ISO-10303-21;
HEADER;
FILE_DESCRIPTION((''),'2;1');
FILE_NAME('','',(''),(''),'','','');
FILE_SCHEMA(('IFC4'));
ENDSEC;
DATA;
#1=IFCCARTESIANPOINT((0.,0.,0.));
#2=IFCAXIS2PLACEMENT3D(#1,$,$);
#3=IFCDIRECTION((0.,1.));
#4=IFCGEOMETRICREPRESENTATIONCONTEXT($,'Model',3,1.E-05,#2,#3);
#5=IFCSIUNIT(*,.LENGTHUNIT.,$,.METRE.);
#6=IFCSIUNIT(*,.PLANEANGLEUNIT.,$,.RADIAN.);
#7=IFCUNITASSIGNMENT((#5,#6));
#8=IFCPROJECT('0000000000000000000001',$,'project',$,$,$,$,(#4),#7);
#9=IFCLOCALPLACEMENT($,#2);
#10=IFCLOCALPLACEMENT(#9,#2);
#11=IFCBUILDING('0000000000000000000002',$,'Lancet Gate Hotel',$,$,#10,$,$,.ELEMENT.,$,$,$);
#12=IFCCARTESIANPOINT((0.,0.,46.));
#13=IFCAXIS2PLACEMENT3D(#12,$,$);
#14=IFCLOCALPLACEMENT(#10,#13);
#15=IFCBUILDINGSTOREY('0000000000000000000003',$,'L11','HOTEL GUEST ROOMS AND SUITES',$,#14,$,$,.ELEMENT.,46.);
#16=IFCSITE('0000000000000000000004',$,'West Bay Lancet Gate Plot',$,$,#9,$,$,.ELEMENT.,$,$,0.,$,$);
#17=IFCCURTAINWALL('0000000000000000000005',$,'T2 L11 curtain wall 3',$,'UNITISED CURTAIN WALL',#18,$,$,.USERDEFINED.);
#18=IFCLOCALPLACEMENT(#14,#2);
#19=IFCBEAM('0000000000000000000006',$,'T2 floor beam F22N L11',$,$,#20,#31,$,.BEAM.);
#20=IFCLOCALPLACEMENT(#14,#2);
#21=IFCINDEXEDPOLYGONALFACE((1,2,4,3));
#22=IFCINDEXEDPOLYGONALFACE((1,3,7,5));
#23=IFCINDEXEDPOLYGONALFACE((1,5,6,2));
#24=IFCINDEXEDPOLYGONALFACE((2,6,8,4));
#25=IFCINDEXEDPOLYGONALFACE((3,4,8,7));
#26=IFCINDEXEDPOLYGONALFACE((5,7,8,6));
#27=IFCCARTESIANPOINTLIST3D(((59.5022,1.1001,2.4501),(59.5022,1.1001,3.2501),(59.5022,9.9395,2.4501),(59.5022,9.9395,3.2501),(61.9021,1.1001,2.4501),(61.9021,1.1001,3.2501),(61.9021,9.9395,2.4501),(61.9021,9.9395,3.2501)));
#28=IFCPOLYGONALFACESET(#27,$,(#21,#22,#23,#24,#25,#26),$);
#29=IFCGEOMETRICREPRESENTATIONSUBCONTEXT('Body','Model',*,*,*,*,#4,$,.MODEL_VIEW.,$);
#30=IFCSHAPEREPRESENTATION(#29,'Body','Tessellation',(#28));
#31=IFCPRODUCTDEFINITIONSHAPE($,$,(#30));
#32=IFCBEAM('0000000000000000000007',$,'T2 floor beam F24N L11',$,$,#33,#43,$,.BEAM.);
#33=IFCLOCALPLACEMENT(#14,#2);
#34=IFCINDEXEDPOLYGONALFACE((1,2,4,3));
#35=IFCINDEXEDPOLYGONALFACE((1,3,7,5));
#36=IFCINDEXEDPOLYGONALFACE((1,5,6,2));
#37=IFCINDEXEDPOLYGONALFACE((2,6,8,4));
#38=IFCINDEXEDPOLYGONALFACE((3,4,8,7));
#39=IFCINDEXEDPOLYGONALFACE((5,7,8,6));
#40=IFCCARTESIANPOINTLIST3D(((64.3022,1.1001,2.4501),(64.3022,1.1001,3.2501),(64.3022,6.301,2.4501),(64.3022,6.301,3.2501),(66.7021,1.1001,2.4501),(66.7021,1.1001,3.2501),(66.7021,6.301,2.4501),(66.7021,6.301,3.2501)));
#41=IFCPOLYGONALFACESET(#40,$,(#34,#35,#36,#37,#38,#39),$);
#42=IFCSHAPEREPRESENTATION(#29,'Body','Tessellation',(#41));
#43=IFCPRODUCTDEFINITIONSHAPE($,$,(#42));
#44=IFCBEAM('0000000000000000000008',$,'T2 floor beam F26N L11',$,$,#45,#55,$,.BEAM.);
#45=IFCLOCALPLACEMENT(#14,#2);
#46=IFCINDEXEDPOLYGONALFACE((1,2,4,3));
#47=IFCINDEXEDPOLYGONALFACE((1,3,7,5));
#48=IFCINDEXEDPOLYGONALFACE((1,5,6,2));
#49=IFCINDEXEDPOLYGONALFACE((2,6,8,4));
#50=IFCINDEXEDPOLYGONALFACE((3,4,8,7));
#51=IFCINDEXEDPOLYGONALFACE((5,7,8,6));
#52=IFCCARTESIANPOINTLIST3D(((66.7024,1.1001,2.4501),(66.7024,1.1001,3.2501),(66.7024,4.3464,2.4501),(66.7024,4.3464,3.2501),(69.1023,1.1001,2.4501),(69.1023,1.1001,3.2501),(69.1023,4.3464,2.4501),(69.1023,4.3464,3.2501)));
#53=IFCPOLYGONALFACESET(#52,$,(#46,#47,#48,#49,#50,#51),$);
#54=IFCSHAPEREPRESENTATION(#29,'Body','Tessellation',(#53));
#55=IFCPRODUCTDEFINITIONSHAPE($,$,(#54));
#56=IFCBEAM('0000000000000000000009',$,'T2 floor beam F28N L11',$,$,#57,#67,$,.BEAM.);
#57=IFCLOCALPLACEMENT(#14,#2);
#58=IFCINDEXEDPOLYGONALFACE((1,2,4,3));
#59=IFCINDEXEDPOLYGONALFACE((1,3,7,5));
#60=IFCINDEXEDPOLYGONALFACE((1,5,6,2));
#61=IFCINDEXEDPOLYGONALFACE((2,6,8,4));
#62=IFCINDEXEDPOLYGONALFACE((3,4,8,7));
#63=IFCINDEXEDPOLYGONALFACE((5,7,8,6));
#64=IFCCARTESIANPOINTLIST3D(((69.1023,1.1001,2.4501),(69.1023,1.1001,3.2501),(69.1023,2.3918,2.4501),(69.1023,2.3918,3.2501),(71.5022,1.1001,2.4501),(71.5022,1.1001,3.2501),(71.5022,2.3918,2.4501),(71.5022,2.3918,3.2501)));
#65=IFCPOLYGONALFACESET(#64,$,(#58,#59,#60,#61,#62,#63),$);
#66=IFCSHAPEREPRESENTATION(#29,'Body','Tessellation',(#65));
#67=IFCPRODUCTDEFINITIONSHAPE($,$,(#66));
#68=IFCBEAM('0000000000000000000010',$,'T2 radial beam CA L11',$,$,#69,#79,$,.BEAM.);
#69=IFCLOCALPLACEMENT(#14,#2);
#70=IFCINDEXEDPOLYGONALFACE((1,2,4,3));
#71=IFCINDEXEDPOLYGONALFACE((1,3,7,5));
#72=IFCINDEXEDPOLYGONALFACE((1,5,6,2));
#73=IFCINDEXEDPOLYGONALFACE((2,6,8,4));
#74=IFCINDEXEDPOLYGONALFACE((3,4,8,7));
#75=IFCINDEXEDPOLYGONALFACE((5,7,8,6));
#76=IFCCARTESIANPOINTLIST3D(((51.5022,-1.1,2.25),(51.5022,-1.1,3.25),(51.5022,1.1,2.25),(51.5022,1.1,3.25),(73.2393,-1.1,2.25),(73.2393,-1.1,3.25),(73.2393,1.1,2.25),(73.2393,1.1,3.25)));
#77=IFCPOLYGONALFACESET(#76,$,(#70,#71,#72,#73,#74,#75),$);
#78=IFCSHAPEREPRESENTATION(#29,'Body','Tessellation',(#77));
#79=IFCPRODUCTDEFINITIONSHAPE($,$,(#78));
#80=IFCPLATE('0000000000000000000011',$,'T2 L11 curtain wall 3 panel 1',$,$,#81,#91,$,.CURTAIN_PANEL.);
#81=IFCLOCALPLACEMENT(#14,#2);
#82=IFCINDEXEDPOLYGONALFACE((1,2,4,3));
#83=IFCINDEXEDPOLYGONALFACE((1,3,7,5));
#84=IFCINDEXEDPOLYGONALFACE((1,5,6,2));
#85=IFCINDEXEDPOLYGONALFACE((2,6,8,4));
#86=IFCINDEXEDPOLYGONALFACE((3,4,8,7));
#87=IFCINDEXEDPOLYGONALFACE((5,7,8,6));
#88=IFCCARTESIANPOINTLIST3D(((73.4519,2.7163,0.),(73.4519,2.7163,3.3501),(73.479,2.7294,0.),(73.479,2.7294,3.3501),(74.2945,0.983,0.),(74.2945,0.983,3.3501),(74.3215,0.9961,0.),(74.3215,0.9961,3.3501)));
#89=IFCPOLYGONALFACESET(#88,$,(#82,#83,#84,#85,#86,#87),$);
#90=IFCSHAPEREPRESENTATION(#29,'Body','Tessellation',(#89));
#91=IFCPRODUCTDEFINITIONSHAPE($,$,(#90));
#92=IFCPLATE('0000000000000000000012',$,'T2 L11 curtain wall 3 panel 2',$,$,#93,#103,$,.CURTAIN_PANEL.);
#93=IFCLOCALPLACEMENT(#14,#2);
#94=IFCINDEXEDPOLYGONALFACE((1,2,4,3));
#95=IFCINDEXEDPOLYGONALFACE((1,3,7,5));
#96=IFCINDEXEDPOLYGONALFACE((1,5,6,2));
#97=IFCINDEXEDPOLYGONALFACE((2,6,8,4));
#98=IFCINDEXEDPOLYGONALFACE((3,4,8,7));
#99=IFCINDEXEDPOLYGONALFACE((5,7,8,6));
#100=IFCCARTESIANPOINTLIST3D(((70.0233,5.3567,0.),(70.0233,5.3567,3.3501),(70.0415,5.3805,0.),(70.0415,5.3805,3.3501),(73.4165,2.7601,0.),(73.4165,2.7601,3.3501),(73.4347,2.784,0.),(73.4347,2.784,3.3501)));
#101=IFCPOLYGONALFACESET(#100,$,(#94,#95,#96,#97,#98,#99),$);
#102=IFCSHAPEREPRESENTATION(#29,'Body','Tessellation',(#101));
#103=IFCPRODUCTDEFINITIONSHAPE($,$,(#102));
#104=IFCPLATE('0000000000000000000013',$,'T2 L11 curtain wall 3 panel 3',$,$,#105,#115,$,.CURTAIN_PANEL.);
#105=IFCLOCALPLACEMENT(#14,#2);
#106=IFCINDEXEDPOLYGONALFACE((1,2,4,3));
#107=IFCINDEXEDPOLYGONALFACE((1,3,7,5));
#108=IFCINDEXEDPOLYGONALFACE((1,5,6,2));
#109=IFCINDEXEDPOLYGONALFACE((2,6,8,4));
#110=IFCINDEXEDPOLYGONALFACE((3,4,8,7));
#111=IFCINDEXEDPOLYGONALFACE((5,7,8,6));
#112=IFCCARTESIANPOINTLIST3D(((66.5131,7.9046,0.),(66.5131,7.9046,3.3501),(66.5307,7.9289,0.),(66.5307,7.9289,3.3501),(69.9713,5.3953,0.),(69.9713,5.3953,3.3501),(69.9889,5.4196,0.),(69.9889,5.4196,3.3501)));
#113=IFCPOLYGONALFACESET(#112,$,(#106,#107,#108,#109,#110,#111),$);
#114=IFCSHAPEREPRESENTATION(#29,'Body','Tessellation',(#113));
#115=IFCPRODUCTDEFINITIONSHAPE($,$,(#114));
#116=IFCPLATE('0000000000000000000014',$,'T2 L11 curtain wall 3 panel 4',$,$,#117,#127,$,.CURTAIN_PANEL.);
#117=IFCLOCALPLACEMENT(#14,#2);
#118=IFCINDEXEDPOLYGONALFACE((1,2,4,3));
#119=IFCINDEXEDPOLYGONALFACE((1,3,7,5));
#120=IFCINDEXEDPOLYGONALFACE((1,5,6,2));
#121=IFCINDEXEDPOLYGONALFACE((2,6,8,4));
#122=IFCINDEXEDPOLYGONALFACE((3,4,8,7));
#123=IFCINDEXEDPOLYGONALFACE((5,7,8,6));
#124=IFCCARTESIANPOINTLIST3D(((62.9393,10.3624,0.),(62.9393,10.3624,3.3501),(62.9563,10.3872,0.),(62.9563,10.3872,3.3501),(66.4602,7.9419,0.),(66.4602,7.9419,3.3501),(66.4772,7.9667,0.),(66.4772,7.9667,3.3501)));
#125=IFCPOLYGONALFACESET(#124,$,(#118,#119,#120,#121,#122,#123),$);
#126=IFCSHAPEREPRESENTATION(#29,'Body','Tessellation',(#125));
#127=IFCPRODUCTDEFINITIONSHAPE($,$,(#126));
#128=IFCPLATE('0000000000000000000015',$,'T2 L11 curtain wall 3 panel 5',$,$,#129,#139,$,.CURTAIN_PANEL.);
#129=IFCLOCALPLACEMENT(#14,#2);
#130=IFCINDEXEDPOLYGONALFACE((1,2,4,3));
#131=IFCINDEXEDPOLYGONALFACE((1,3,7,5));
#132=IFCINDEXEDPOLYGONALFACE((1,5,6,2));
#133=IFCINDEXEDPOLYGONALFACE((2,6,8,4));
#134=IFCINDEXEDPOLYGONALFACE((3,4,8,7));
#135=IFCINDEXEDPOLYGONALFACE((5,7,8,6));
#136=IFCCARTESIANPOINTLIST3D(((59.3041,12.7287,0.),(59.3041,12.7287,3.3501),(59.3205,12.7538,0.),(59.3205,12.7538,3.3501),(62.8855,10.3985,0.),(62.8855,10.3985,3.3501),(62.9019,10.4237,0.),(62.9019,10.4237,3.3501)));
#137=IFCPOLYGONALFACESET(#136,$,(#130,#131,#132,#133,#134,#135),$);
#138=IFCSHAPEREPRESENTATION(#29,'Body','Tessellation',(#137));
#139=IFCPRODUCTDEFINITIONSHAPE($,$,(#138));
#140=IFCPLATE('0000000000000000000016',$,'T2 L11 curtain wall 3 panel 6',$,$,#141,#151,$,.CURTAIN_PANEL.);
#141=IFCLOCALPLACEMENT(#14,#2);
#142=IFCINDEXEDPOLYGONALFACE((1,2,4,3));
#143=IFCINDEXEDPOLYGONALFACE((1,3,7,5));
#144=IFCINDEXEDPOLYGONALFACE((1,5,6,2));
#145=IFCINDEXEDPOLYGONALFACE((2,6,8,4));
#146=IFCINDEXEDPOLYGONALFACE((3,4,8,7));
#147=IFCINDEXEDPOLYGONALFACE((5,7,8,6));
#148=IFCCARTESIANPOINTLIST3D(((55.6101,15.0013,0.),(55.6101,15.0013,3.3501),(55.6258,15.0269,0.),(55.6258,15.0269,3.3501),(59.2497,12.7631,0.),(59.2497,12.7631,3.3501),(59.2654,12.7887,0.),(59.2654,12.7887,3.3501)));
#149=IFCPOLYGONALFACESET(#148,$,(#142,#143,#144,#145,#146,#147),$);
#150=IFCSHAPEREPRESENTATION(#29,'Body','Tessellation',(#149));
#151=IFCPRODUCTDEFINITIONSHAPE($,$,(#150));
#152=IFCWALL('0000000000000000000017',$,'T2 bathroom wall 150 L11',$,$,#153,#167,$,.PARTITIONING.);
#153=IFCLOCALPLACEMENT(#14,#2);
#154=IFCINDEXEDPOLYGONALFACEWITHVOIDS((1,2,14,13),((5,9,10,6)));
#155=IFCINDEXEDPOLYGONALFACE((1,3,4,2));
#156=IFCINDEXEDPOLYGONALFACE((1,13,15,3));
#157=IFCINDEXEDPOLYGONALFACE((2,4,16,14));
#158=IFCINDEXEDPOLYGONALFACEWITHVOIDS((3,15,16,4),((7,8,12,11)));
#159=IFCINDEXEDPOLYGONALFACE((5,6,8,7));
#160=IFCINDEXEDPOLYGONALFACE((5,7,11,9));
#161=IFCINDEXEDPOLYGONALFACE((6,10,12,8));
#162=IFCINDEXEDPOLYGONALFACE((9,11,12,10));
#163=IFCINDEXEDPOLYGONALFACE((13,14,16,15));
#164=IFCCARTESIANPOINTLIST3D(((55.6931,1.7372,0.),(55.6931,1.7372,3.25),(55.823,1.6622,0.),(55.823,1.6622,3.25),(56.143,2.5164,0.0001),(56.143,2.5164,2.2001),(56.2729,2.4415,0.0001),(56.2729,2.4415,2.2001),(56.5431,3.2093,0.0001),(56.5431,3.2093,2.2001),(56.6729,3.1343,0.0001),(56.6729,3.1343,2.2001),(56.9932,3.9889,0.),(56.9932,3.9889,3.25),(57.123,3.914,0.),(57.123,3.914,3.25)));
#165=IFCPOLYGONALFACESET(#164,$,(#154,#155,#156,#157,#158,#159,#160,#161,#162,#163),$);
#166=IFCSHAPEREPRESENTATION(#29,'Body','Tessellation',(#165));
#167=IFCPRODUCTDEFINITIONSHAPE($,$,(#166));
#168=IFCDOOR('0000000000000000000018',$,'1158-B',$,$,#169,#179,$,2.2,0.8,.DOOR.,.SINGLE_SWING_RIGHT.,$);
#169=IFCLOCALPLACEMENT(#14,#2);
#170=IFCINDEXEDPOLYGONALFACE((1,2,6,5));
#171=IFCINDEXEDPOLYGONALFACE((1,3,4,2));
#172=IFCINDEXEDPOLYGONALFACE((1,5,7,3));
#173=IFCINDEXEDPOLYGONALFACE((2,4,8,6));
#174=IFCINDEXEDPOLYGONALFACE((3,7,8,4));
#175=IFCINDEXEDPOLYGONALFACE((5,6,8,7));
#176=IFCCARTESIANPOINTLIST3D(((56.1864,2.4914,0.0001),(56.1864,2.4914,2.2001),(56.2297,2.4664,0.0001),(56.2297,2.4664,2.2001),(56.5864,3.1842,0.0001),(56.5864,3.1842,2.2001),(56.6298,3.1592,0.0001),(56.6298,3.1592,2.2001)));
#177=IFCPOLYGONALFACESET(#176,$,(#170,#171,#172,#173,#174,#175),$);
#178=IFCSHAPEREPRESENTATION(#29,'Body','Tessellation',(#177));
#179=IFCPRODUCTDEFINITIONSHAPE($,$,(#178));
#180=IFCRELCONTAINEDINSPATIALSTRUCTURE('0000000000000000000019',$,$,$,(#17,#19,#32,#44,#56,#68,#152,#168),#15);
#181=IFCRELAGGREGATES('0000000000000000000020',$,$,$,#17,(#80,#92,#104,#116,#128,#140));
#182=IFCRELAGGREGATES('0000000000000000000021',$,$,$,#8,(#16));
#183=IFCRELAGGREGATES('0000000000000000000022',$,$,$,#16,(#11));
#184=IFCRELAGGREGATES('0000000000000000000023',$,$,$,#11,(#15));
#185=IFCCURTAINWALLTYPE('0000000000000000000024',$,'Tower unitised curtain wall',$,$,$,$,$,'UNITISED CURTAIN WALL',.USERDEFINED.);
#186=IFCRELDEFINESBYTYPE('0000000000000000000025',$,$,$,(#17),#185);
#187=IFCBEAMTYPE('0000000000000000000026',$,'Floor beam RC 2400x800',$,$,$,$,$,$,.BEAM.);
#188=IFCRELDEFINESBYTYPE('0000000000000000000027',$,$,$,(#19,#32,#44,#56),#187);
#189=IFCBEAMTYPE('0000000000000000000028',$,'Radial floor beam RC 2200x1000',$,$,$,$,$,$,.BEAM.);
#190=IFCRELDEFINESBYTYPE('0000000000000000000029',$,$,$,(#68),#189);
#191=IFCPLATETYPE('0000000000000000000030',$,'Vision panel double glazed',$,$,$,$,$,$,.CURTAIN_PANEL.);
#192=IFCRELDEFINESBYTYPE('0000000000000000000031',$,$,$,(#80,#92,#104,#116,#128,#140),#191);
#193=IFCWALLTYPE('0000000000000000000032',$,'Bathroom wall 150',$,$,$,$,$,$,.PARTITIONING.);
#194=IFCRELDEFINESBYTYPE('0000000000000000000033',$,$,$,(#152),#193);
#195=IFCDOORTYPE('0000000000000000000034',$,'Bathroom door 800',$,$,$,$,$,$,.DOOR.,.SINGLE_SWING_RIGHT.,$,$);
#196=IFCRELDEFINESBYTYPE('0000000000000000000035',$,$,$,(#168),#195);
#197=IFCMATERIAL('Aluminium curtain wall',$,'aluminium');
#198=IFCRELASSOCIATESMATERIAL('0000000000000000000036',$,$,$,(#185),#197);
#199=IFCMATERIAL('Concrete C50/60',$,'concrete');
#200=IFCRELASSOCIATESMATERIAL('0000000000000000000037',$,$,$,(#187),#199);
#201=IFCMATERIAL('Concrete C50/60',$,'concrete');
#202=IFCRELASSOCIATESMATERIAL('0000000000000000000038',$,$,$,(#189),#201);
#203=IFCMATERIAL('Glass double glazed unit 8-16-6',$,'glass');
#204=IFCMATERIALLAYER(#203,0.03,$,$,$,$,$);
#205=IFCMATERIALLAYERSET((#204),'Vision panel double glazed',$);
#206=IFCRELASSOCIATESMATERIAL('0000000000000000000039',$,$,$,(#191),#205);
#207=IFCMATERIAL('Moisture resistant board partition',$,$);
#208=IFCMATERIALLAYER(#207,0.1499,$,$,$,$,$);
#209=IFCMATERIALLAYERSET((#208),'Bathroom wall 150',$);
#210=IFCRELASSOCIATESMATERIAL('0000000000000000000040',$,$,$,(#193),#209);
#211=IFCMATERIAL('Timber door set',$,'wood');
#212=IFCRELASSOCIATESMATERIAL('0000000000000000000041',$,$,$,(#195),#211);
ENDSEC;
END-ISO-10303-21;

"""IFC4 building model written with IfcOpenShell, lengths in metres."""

from ifc_helpers import new_model, si_unit, direction, frame, frame_2d, origin, origin_2d, place, context, subcontext, project, spatial, rectangle, extrude, material, layer, layer_set, material_profile, profile_set, type_object, element, fill, aggregate, save


model = new_model("IFC4")

# Units and contexts
model_context = context("Model", 3, precision=1e-05, world=origin(), true_north=direction((0.0, 1.0)))
body_context = subcontext(model_context, "Body", "Model", "MODEL_VIEW")
ifc_project = project(units=[si_unit("LENGTHUNIT", "METRE"), si_unit("PLANEANGLEUNIT", "RADIAN")], contexts=[model_context])

# Site, building, storey
site_placement = place(None, origin())
site = spatial("IfcSite", under=ifc_project, at=site_placement, Name="West Bay Lancet Gate Plot", CompositionType="ELEMENT", RefElevation=0.0)
building_placement = place(site_placement, origin())
building = spatial("IfcBuilding", under=site, at=building_placement, Name="Lancet Gate Hotel", CompositionType="ELEMENT")
storey_placement = place(building_placement, frame((0.0, 0.0, 46.0)))
storey = spatial("IfcBuildingStorey", under=building, at=storey_placement, Name="L11", Description="HOTEL GUEST ROOMS AND SUITES", CompositionType="ELEMENT", Elevation=46.0)

# Curtain wall
ifc_material_1 = material(Name="Aluminium curtain wall", Category="aluminium")
curtain_wall_type = type_object("IfcCurtainWallType", Name="Tower unitised curtain wall", ElementType="UNITISED CURTAIN WALL", PredefinedType="USERDEFINED", material=ifc_material_1)
curtain_wall_placement = place(storey_placement, origin())
curtain_wall = element("IfcCurtainWall", 1, at=curtain_wall_placement, inside=storey, type_object=curtain_wall_type, Name="T2 L11 curtain wall 3", ObjectType="UNITISED CURTAIN WALL", PredefinedType="USERDEFINED")

# Beams
ifc_material_2 = material(Name="Concrete C50/60", Category="concrete")
ifc_material_profile_1 = material_profile(ifc_material_2, rectangle(XDim=2.3999, YDim=0.8, at=origin_2d()), Name="RC 2400x800")
ifc_profile_set_1 = profile_set([ifc_material_profile_1], Name="Concrete C50/60")
beam_type_1 = type_object("IfcBeamType", Name="Floor beam RC 2400x800", PredefinedType="BEAM", material=ifc_profile_set_1)
beam_1_placement = place(storey_placement, frame((60.7021, 1.1001, 2.8501), z_axis=(0.0, 1.0, 0.0), x_axis=(-1.0, 0.0, 0.0)))
element("IfcBeam", 2, at=beam_1_placement, inside=storey, type_object=beam_type_1, Name="T2 floor beam F22N L11", PredefinedType="BEAM", context=body_context, shape_type="SweptSolid", body=[
    extrude(rectangle(XDim=2.3999, YDim=0.8, at=origin_2d()), origin(), (0.0, 0.0, 1.0), 8.8394),
])
beam_2_placement = place(storey_placement, frame((65.5022, 1.1001, 2.8501), z_axis=(0.0, 1.0, 0.0), x_axis=(-1.0, 0.0, 0.0)))
element("IfcBeam", 3, at=beam_2_placement, inside=storey, type_object=beam_type_1, Name="T2 floor beam F24N L11", PredefinedType="BEAM", context=body_context, shape_type="SweptSolid", body=[
    extrude(rectangle(XDim=2.3999, YDim=0.8, at=origin_2d()), origin(), (0.0, 0.0, 1.0), 5.2009),
])
beam_3_placement = place(storey_placement, frame((67.9023, 1.1001, 2.8501), z_axis=(0.0, 1.0, 0.0), x_axis=(-1.0, 0.0, 0.0)))
element("IfcBeam", 4, at=beam_3_placement, inside=storey, type_object=beam_type_1, Name="T2 floor beam F26N L11", PredefinedType="BEAM", context=body_context, shape_type="SweptSolid", body=[
    extrude(rectangle(XDim=2.3999, YDim=0.8, at=origin_2d()), origin(), (0.0, 0.0, 1.0), 3.2463),
])
beam_4_placement = place(storey_placement, frame((70.3022, 1.1001, 2.8501), z_axis=(0.0, 1.0, 0.0), x_axis=(-1.0, 0.0, 0.0)))
element("IfcBeam", 5, at=beam_4_placement, inside=storey, type_object=beam_type_1, Name="T2 floor beam F28N L11", PredefinedType="BEAM", context=body_context, shape_type="SweptSolid", body=[
    extrude(rectangle(XDim=2.3999, YDim=0.8, at=origin_2d()), origin(), (0.0, 0.0, 1.0), 1.2917),
])
ifc_material_3 = material(Name="Concrete C50/60", Category="concrete")
ifc_material_profile_2 = material_profile(ifc_material_3, rectangle(XDim=2.2, YDim=1.0, at=origin_2d()), Name="RC 2200x1000")
ifc_profile_set_2 = profile_set([ifc_material_profile_2], Name="Concrete C50/60")
beam_type_2 = type_object("IfcBeamType", Name="Radial floor beam RC 2200x1000", PredefinedType="BEAM", material=ifc_profile_set_2)
beam_5_placement = place(storey_placement, frame((73.2393, 0.0, 2.75), z_axis=(-1.0, 0.0, 0.0), x_axis=(0.0, -1.0, 0.0)))
element("IfcBeam", 6, at=beam_5_placement, inside=storey, type_object=beam_type_2, Name="T2 radial beam CA L11", PredefinedType="BEAM", context=body_context, shape_type="SweptSolid", body=[
    extrude(rectangle(XDim=2.2, YDim=1.0, at=origin_2d()), origin(), (0.0, 0.0, 1.0), 21.7371),
])

# Plates
ifc_material_4 = material(Name="Glass double glazed unit 8-16-6", Category="glass")
ifc_layer_1 = layer(ifc_material_4, 0.03)
ifc_layer_set_1 = layer_set([ifc_layer_1], Name="Vision panel double glazed")
plate_type = type_object("IfcPlateType", Name="Vision panel double glazed", PredefinedType="CURTAIN_PANEL", material=ifc_layer_set_1)
plate_1_placement = place(storey_placement, frame((73.8867, 1.8562, 0.0), z_axis=(0.0, 0.0, 1.0), x_axis=(-0.437169, 0.899379, 0.0)))
plate_1 = element("IfcPlate", 7, at=plate_1_placement, type_object=plate_type, Name="T2 L11 curtain wall 3 panel 1", PredefinedType="CURTAIN_PANEL", context=body_context, shape_type="SweptSolid", body=[
    extrude(rectangle(XDim=1.9272, YDim=0.03, at=origin_2d()), origin(), (0.0, 0.0, 1.0), 3.3501),
])
plate_2_placement = place(storey_placement, frame((71.729, 4.0703, 0.0), z_axis=(0.0, 0.0, 1.0), x_axis=(-0.79416, 0.607709, 0.0)))
plate_2 = element("IfcPlate", 8, at=plate_2_placement, type_object=plate_type, Name="T2 L11 curtain wall 3 panel 2", PredefinedType="CURTAIN_PANEL", context=body_context, shape_type="SweptSolid", body=[
    extrude(rectangle(XDim=4.2727, YDim=0.03, at=origin_2d()), origin(), (0.0, 0.0, 1.0), 3.3501),
])
plate_3_placement = place(storey_placement, frame((68.251, 6.6621, 0.0), z_axis=(0.0, 0.0, 1.0), x_axis=(-0.80937, 0.587299, 0.0)))
plate_3 = element("IfcPlate", 9, at=plate_3_placement, type_object=plate_type, Name="T2 L11 curtain wall 3 panel 3", PredefinedType="CURTAIN_PANEL", context=body_context, shape_type="SweptSolid", body=[
    extrude(rectangle(XDim=4.2727, YDim=0.03, at=origin_2d()), origin(), (0.0, 0.0, 1.0), 3.3501),
])
plate_4_placement = place(storey_placement, frame((64.7083, 9.1646, 0.0), z_axis=(0.0, 0.0, 1.0), x_axis=(-0.824055, 0.566509, 0.0)))
plate_4 = element("IfcPlate", 10, at=plate_4_placement, type_object=plate_type, Name="T2 L11 curtain wall 3 panel 4", PredefinedType="CURTAIN_PANEL", context=body_context, shape_type="SweptSolid", body=[
    extrude(rectangle(XDim=4.2727, YDim=0.03, at=origin_2d()), origin(), (0.0, 0.0, 1.0), 3.3501),
])
plate_5_placement = place(storey_placement, frame((61.103, 11.5762, 0.0), z_axis=(0.0, 0.0, 1.0), x_axis=(-0.838207, 0.545353, 0.0)))
plate_5 = element("IfcPlate", 11, at=plate_5_placement, type_object=plate_type, Name="T2 L11 curtain wall 3 panel 5", PredefinedType="CURTAIN_PANEL", context=body_context, shape_type="SweptSolid", body=[
    extrude(rectangle(XDim=4.2727, YDim=0.03, at=origin_2d()), origin(), (0.0, 0.0, 1.0), 3.3501),
])
plate_6_placement = place(storey_placement, frame((57.4377, 13.895, 0.0), z_axis=(0.0, 0.0, 1.0), x_axis=(-0.851815, 0.523842, 0.0)))
plate_6 = element("IfcPlate", 12, at=plate_6_placement, type_object=plate_type, Name="T2 L11 curtain wall 3 panel 6", PredefinedType="CURTAIN_PANEL", context=body_context, shape_type="SweptSolid", body=[
    extrude(rectangle(XDim=4.2727, YDim=0.03, at=origin_2d()), origin(), (0.0, 0.0, 1.0), 3.3501),
])
aggregate(curtain_wall, [plate_1, plate_2, plate_3, plate_4, plate_5, plate_6])

# Wall, opening, door
ifc_material_5 = material(Name="Moisture resistant board partition")
ifc_layer_2 = layer(ifc_material_5, 0.1499)
ifc_layer_set_2 = layer_set([ifc_layer_2], Name="Bathroom wall 150")
wall_type = type_object("IfcWallType", Name="Bathroom wall 150", PredefinedType="PARTITIONING", material=ifc_layer_set_2)
wall_placement = place(storey_placement, frame((55.7581, 1.6997, 0.0), z_axis=(0.0, 0.0, 1.0), x_axis=(0.500007, 0.866021, 0.0)))
wall = element("IfcWall", 13, at=wall_placement, inside=storey, type_object=wall_type, Name="T2 bathroom wall 150 L11", PredefinedType="PARTITIONING", context=body_context, shape_type="SweptSolid", body=[
    extrude(rectangle(XDim=2.6001, YDim=0.1499, at=frame_2d((1.3, 0.0))), origin(), (0.0, 0.0, 1.0), 3.25),
])
opening_placement = place(wall_placement, frame((0.8999, 0.0, 0.0)))
opening = element("IfcOpeningElement", 14, at=opening_placement, cuts=wall, PredefinedType="OPENING", context=body_context, shape_type="SweptSolid", body=[
    extrude(rectangle(XDim=0.8, YDim=2.2, at=frame_2d((0.3999, 1.1001))), frame((0.0, 0.085, 0.0), z_axis=(0.0, -1.0, 0.0), x_axis=(1.0, 0.0, 0.0)), (0.0, 0.0, 1.0), 0.1699),
])
ifc_material_6 = material(Name="Timber door set", Category="wood")
door_type = type_object("IfcDoorType", Name="Bathroom door 800", OperationType="SINGLE_SWING_RIGHT", PredefinedType="DOOR", material=ifc_material_6)
door_placement = place(opening_placement, origin())
door = element("IfcDoor", 15, at=door_placement, inside=storey, type_object=door_type, Name="1158-B", OperationType="SINGLE_SWING_RIGHT", OverallHeight=2.2, OverallWidth=0.8, PredefinedType="DOOR", context=body_context, shape_type="SweptSolid", body=[
    extrude(rectangle(XDim=0.8, YDim=2.2, at=frame_2d((0.3999, 1.1001))), frame((0.0, 0.0249, 0.0), z_axis=(0.0, -1.0, 0.0), x_axis=(1.0, 0.0, 0.0)), (0.0, 0.0, 1.0), 0.05),
])
fill(opening, door)

save(model, "model.ifc")
